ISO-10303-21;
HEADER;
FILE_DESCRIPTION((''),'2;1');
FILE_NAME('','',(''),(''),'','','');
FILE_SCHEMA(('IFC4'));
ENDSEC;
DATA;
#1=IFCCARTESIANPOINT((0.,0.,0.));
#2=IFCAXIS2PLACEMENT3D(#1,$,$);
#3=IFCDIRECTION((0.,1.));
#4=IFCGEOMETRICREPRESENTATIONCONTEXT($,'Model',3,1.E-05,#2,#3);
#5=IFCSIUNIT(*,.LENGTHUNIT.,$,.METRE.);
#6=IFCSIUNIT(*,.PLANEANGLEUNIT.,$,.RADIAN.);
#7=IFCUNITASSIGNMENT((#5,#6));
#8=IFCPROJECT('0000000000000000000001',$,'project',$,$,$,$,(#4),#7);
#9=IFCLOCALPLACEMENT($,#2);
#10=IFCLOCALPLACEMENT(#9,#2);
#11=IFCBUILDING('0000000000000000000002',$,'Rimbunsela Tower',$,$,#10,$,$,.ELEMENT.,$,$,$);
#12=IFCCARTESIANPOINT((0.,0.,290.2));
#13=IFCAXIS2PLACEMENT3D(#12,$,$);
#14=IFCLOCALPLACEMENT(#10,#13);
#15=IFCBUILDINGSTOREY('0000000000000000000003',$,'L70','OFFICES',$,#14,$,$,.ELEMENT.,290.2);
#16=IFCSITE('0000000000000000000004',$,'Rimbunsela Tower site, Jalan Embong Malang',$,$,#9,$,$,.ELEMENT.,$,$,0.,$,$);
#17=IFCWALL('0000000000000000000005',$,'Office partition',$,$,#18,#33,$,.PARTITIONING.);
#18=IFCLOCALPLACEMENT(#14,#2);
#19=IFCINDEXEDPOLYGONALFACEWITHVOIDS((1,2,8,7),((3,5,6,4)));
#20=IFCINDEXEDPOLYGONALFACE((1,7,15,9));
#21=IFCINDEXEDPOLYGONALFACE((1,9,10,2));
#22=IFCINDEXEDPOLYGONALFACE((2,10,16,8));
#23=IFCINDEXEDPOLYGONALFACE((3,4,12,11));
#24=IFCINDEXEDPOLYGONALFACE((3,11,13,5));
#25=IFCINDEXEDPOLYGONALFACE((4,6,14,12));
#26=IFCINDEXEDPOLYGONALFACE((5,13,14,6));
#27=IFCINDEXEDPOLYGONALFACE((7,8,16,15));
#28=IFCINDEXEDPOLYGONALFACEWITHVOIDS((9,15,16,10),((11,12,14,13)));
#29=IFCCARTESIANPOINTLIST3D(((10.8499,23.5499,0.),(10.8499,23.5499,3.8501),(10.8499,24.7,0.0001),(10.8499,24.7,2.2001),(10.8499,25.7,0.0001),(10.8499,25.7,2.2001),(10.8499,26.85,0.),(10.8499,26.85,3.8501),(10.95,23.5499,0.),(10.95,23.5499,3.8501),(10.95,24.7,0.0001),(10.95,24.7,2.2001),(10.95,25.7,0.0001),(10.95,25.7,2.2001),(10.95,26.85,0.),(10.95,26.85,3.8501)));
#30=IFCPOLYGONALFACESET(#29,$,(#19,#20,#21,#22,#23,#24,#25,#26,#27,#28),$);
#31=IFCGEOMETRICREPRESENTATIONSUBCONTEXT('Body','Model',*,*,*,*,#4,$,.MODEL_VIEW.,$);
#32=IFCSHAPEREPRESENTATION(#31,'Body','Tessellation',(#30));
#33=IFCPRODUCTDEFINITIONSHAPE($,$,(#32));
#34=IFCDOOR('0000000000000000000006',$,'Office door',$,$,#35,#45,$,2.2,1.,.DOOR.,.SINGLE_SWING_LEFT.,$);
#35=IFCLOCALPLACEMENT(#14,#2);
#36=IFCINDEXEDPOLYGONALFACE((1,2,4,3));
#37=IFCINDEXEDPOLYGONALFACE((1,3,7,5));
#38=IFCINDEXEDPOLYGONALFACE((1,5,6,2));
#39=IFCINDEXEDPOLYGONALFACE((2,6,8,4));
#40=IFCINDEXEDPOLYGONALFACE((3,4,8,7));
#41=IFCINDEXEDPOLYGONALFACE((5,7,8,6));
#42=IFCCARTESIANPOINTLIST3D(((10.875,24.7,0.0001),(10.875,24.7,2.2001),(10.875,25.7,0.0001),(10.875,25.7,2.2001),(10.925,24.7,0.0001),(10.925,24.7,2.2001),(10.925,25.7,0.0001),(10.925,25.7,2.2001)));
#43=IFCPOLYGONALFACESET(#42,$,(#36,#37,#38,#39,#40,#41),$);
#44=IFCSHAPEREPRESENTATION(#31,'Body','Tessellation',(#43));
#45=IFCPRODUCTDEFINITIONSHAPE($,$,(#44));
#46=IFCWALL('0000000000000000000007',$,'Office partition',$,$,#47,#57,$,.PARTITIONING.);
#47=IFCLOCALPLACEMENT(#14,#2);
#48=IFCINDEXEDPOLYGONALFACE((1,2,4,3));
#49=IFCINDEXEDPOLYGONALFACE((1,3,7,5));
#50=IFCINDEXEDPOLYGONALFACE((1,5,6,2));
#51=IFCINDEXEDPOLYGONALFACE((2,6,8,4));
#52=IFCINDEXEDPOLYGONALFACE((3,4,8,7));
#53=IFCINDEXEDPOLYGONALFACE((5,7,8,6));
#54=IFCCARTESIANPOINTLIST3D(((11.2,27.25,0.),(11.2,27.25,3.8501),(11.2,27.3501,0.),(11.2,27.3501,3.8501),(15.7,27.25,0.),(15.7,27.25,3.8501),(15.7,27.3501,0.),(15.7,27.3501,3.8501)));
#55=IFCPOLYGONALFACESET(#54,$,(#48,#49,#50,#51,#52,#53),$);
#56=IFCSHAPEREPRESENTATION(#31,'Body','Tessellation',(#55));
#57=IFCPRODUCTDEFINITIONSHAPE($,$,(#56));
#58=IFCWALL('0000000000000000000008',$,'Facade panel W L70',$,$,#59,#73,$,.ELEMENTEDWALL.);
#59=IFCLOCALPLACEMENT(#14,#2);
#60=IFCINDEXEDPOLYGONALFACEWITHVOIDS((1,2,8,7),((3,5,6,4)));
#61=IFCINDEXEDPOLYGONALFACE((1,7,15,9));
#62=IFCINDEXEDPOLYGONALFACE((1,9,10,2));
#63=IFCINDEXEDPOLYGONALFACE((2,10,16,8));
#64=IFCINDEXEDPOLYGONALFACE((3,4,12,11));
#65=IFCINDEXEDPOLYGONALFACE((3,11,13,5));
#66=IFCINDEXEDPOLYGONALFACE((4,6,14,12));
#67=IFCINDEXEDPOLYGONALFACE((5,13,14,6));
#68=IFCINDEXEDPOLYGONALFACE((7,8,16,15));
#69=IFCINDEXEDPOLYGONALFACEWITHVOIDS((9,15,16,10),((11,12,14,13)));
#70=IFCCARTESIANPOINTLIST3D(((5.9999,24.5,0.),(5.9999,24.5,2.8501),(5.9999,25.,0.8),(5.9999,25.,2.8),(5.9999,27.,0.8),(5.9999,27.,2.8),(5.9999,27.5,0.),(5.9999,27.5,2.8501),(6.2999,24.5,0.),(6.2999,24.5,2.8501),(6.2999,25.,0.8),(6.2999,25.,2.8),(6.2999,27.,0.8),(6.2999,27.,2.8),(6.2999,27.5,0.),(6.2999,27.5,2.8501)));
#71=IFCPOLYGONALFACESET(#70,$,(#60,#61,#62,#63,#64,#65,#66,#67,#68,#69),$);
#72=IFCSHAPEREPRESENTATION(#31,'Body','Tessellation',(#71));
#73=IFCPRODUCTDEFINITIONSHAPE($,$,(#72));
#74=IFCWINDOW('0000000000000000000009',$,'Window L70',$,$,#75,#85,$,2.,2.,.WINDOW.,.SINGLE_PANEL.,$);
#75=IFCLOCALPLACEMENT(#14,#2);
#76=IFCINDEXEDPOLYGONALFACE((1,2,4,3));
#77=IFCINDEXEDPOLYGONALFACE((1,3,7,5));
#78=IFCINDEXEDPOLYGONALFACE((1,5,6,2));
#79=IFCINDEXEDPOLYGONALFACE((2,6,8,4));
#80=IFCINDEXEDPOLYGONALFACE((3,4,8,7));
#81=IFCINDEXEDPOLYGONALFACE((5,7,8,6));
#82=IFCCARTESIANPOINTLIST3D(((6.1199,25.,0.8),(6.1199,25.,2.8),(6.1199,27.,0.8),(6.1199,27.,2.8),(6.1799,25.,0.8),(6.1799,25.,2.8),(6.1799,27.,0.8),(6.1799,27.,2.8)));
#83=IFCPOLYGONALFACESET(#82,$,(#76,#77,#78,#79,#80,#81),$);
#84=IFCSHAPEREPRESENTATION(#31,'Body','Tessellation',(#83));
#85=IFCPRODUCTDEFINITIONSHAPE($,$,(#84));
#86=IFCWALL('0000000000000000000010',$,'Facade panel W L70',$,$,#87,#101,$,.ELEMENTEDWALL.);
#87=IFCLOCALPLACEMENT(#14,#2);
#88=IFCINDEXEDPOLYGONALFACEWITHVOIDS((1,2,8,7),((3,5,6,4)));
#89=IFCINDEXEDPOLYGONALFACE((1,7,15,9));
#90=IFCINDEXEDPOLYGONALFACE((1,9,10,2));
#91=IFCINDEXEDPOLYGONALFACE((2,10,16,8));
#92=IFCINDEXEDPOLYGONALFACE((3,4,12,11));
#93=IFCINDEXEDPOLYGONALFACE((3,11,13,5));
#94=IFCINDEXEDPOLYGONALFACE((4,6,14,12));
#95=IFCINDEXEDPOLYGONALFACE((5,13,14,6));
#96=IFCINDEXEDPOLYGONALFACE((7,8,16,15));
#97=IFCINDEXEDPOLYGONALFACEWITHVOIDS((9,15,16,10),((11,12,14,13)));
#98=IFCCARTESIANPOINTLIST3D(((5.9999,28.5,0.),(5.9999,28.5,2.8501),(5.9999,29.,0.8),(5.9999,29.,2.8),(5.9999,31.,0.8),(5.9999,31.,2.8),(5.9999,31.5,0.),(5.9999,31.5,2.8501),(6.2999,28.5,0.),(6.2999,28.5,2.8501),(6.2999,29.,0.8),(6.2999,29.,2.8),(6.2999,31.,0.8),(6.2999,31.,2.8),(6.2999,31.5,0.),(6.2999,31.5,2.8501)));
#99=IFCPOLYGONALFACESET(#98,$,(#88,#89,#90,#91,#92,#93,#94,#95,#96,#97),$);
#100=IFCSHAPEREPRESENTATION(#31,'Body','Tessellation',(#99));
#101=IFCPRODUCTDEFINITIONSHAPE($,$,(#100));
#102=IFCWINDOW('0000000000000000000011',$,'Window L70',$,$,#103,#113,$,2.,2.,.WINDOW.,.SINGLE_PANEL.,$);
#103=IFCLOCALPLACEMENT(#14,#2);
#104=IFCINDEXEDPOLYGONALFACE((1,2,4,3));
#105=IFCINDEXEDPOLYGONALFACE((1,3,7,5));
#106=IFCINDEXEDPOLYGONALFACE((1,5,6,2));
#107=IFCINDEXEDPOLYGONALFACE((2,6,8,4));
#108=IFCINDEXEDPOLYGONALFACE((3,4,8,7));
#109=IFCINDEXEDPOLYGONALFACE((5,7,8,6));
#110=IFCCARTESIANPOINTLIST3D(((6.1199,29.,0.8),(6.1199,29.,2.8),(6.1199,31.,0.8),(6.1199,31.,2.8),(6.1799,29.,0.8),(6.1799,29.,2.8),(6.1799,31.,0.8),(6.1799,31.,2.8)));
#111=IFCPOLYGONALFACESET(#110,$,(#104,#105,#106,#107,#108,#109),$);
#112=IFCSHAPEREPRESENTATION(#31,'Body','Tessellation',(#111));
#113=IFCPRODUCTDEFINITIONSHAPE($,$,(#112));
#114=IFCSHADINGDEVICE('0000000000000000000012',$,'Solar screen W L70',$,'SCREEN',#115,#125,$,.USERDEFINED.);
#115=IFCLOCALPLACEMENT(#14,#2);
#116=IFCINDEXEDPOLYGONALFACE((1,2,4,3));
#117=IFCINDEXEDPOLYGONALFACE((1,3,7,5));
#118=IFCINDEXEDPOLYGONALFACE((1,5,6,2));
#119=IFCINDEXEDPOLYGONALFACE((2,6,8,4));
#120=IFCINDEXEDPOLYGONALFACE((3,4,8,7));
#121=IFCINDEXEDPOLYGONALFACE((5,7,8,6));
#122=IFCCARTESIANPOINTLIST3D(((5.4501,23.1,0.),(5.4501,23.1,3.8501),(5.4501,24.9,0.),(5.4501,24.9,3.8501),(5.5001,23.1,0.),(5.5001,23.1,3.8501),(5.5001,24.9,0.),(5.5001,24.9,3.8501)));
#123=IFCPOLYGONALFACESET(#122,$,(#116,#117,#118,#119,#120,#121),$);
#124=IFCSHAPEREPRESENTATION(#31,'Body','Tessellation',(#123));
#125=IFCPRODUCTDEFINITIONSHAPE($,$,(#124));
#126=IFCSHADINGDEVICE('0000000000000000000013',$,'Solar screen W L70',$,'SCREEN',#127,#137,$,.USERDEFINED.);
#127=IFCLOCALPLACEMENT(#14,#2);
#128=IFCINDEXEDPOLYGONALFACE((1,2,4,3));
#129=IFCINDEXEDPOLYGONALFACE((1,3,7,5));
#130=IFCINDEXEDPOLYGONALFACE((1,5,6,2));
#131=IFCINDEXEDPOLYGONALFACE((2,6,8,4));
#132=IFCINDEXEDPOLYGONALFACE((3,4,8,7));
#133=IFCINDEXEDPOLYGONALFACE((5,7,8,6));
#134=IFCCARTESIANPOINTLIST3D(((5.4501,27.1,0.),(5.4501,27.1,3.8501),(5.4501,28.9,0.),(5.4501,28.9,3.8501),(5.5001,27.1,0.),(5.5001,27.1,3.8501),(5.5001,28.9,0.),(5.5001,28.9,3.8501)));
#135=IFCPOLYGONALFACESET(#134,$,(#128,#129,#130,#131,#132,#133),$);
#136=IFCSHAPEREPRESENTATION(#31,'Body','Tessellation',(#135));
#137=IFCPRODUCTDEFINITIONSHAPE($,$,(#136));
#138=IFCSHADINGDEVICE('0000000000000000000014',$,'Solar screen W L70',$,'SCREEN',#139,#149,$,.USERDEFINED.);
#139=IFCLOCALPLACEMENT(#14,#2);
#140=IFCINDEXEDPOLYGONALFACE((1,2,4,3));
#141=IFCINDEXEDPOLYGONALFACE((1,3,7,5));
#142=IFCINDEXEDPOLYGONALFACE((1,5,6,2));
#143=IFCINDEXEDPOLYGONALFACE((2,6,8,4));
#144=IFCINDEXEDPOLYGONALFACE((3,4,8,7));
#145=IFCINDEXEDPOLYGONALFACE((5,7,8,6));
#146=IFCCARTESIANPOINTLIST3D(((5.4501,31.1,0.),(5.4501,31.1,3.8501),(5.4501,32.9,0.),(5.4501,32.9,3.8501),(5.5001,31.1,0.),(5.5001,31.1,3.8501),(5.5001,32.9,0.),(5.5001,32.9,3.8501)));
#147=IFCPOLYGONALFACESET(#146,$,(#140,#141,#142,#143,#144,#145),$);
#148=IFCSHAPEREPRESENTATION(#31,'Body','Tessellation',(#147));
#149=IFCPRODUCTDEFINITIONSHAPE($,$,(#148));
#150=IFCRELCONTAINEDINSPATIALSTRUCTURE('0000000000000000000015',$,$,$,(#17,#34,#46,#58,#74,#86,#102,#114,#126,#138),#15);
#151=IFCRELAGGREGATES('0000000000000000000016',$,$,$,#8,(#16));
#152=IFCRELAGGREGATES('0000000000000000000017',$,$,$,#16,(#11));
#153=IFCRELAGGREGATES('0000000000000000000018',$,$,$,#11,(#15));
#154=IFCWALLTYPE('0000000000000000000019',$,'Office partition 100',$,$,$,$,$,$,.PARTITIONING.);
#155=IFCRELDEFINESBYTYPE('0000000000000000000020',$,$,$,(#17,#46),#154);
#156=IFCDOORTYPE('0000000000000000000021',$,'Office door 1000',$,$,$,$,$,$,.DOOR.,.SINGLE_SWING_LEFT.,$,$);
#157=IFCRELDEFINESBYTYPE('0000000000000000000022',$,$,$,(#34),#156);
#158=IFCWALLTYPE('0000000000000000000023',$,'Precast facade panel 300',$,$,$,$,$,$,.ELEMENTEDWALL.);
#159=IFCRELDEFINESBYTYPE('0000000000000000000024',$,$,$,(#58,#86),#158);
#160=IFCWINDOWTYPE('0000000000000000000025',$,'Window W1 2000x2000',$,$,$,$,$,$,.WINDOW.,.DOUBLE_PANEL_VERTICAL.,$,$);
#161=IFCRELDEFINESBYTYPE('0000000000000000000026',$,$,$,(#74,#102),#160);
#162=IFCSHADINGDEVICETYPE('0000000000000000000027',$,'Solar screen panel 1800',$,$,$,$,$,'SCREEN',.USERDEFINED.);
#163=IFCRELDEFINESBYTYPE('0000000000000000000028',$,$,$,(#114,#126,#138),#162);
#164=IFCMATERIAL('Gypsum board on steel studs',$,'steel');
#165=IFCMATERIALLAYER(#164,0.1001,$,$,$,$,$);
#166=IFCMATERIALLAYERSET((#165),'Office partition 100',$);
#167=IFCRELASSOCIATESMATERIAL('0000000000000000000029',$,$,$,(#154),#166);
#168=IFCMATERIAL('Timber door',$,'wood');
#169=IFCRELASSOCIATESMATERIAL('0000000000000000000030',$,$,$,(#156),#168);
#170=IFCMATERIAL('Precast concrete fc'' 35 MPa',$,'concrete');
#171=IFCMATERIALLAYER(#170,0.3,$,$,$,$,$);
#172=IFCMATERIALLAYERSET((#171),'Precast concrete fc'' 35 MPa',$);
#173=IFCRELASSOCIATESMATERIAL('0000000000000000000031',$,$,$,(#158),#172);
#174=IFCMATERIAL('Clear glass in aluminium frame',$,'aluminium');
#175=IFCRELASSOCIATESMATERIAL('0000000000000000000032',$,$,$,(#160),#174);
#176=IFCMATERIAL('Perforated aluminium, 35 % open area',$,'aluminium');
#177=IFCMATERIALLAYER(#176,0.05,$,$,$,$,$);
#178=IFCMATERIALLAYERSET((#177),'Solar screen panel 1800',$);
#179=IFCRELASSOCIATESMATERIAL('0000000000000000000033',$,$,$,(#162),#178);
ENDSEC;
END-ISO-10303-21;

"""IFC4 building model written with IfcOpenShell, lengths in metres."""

from ifc_helpers import new_model, si_unit, direction, frame, frame_2d, origin, origin_2d, place, context, subcontext, project, spatial, rectangle, extrude, material, layer, layer_set, type_object, element, fill, save


model = new_model("IFC4")

# Units and contexts
model_context = context("Model", 3, precision=1e-05, world=origin(), true_north=direction((0.0, 1.0)))
body_context = subcontext(model_context, "Body", "Model", "MODEL_VIEW")
ifc_project = project(units=[si_unit("LENGTHUNIT", "METRE"), si_unit("PLANEANGLEUNIT", "RADIAN")], contexts=[model_context])

# Site, building, storey
site_placement = place(None, origin())
site = spatial("IfcSite", under=ifc_project, at=site_placement, Name="Rimbunsela Tower site, Jalan Embong Malang", CompositionType="ELEMENT", RefElevation=0.0)
building_placement = place(site_placement, origin())
building = spatial("IfcBuilding", under=site, at=building_placement, Name="Rimbunsela Tower", CompositionType="ELEMENT")
storey_placement = place(building_placement, frame((0.0, 0.0, 290.2)))
storey = spatial("IfcBuildingStorey", under=building, at=storey_placement, Name="L70", Description="OFFICES", CompositionType="ELEMENT", Elevation=290.2)

# Shared definitions
ifc_material_1 = material(Name="Gypsum board on steel studs", Category="steel")
ifc_layer_1 = layer(ifc_material_1, 0.1001)
ifc_layer_set_1 = layer_set([ifc_layer_1], Name="Office partition 100")
wall_type_1 = type_object("IfcWallType", Name="Office partition 100", PredefinedType="PARTITIONING", material=ifc_layer_set_1)

# Shared definitions
ifc_material_2 = material(Name="Timber door", Category="wood")
door_type_1 = type_object("IfcDoorType", Name="Office door 1000", OperationType="SINGLE_SWING_LEFT", PredefinedType="DOOR", material=ifc_material_2)

# Wall, opening, door
wall_1_placement = place(storey_placement, frame((10.8999, 23.55, 0.0), z_axis=(0.0, 0.0, 1.0), x_axis=(0.0, 1.0, 0.0)))
wall_1 = element("IfcWall", 1, at=wall_1_placement, inside=storey, type_object=wall_type_1, Name="Office partition", PredefinedType="PARTITIONING", context=body_context, shape_type="SweptSolid", body=[
    extrude(rectangle(XDim=3.3, YDim=0.1001, at=frame_2d((1.6499, 0.0))), origin(), (0.0, 0.0, 1.0), 3.8501),
])
opening_1_placement = place(wall_1_placement, frame((1.1499, 0.0, 0.0)))
opening_1 = element("IfcOpeningElement", 2, at=opening_1_placement, cuts=wall_1, PredefinedType="OPENING", context=body_context, shape_type="SweptSolid", body=[
    extrude(rectangle(XDim=1.0, YDim=2.2, at=frame_2d((0.5, 1.1001))), frame((0.0, 0.0601, 0.0), z_axis=(0.0, -1.0, 0.0), x_axis=(1.0, 0.0, 0.0)), (0.0, 0.0, 1.0), 0.1201),
])
door_1_placement = place(opening_1_placement, origin())
door_1 = element("IfcDoor", 3, at=door_1_placement, inside=storey, type_object=door_type_1, Name="Office door", OperationType="SINGLE_SWING_LEFT", OverallHeight=2.2, OverallWidth=1.0, PredefinedType="DOOR", context=body_context, shape_type="SweptSolid", body=[
    extrude(rectangle(XDim=1.0, YDim=2.2, at=frame_2d((0.5, 1.1001))), frame((0.0, 0.0249, 0.0), z_axis=(0.0, -1.0, 0.0), x_axis=(1.0, 0.0, 0.0)), (0.0, 0.0, 1.0), 0.05),
])
fill(opening_1, door_1)

# Wall
wall_2_placement = place(storey_placement, frame((11.2, 27.3, 0.0), z_axis=(0.0, 0.0, 1.0), x_axis=(1.0, 0.0, 0.0)))
element("IfcWall", 4, at=wall_2_placement, inside=storey, type_object=wall_type_1, Name="Office partition", PredefinedType="PARTITIONING", context=body_context, shape_type="SweptSolid", body=[
    extrude(rectangle(XDim=4.5, YDim=0.1001, at=frame_2d((2.25, 0.0))), origin(), (0.0, 0.0, 1.0), 3.8501),
])

# Walls, openings, windows
ifc_material_3 = material(Name="Precast concrete fc' 35 MPa", Category="concrete")
ifc_layer_2 = layer(ifc_material_3, 0.3)
ifc_layer_set_2 = layer_set([ifc_layer_2], Name="Precast concrete fc' 35 MPa")
wall_type_2 = type_object("IfcWallType", Name="Precast facade panel 300", PredefinedType="ELEMENTEDWALL", material=ifc_layer_set_2)
wall_3_placement = place(storey_placement, frame((6.1499, 27.5, 0.0), z_axis=(0.0, 0.0, 1.0), x_axis=(0.0, -1.0, 0.0)))
wall_3 = element("IfcWall", 5, at=wall_3_placement, inside=storey, type_object=wall_type_2, Name="Facade panel W L70", PredefinedType="ELEMENTEDWALL", context=body_context, shape_type="SweptSolid", body=[
    extrude(rectangle(XDim=3.0, YDim=0.3, at=frame_2d((1.5, 0.0))), origin(), (0.0, 0.0, 1.0), 2.8501),
])
opening_2_placement = place(wall_3_placement, frame((0.5, 0.0, 0.8)))
opening_2 = element("IfcOpeningElement", 6, at=opening_2_placement, cuts=wall_3, PredefinedType="OPENING", context=body_context, shape_type="SweptSolid", body=[
    extrude(rectangle(XDim=2.0, YDim=2.0, at=frame_2d((1.0, 1.0))), frame((0.0, 0.1599, 0.0), z_axis=(0.0, -1.0, 0.0), x_axis=(1.0, 0.0, 0.0)), (0.0, 0.0, 1.0), 0.3201),
])
ifc_material_4 = material(Name="Clear glass in aluminium frame", Category="aluminium")
window_type = type_object("IfcWindowType", Name="Window W1 2000x2000", PartitioningType="DOUBLE_PANEL_VERTICAL", PredefinedType="WINDOW", material=ifc_material_4)
window_1_placement = place(opening_2_placement, origin())
window_1 = element("IfcWindow", 7, at=window_1_placement, inside=storey, type_object=window_type, Name="Window L70", OverallHeight=2.0, OverallWidth=2.0, PartitioningType="SINGLE_PANEL", PredefinedType="WINDOW", context=body_context, shape_type="SweptSolid", body=[
    extrude(rectangle(XDim=2.0, YDim=2.0, at=frame_2d((1.0, 1.0))), frame((0.0, 0.03, 0.0), z_axis=(0.0, -1.0, 0.0), x_axis=(1.0, 0.0, 0.0)), (0.0, 0.0, 1.0), 0.0601),
])
fill(opening_2, window_1)
wall_4_placement = place(storey_placement, frame((6.1499, 31.5, 0.0), z_axis=(0.0, 0.0, 1.0), x_axis=(0.0, -1.0, 0.0)))
wall_4 = element("IfcWall", 8, at=wall_4_placement, inside=storey, type_object=wall_type_2, Name="Facade panel W L70", PredefinedType="ELEMENTEDWALL", context=body_context, shape_type="SweptSolid", body=[
    extrude(rectangle(XDim=3.0, YDim=0.3, at=frame_2d((1.5, 0.0))), origin(), (0.0, 0.0, 1.0), 2.8501),
])
opening_3_placement = place(wall_4_placement, frame((0.5, 0.0, 0.8)))
opening_3 = element("IfcOpeningElement", 9, at=opening_3_placement, cuts=wall_4, PredefinedType="OPENING", context=body_context, shape_type="SweptSolid", body=[
    extrude(rectangle(XDim=2.0, YDim=2.0, at=frame_2d((1.0, 1.0))), frame((0.0, 0.1599, 0.0), z_axis=(0.0, -1.0, 0.0), x_axis=(1.0, 0.0, 0.0)), (0.0, 0.0, 1.0), 0.3201),
])
window_2_placement = place(opening_3_placement, origin())
window_2 = element("IfcWindow", 10, at=window_2_placement, inside=storey, type_object=window_type, Name="Window L70", OverallHeight=2.0, OverallWidth=2.0, PartitioningType="SINGLE_PANEL", PredefinedType="WINDOW", context=body_context, shape_type="SweptSolid", body=[
    extrude(rectangle(XDim=2.0, YDim=2.0, at=frame_2d((1.0, 1.0))), frame((0.0, 0.03, 0.0), z_axis=(0.0, -1.0, 0.0), x_axis=(1.0, 0.0, 0.0)), (0.0, 0.0, 1.0), 0.0601),
])
fill(opening_3, window_2)

# Shading devices
ifc_material_5 = material(Name="Perforated aluminium, 35 % open area", Category="aluminium")
ifc_layer_3 = layer(ifc_material_5, 0.05)
ifc_layer_set_3 = layer_set([ifc_layer_3], Name="Solar screen panel 1800")
shading_device_type = type_object("IfcShadingDeviceType", Name="Solar screen panel 1800", ElementType="SCREEN", PredefinedType="USERDEFINED", material=ifc_layer_set_3)
for number, where, z_axis, x_axis, name in (
    (11, (5.4751, 24.0, 0.0), (0.0, 0.0, 1.0), (0.0, 1.0, 0.0), "Solar screen W L70"),
    (12, (5.4751, 28.0, 0.0), (0.0, 0.0, 1.0), (0.0, 1.0, 0.0), "Solar screen W L70"),
    (13, (5.4751, 32.0, 0.0), (0.0, 0.0, 1.0), (0.0, 1.0, 0.0), "Solar screen W L70"),
):
    element("IfcShadingDevice", number, at=place(storey_placement, frame(where, z_axis=z_axis, x_axis=x_axis)), inside=storey, type_object=shading_device_type, Name=name, ObjectType="SCREEN", PredefinedType="USERDEFINED", context=body_context, shape_type="SweptSolid", body=[
        extrude(rectangle(XDim=1.8, YDim=0.05, at=origin_2d()), origin(), (0.0, 0.0, 1.0), 3.8501),
    ])

save(model, "model.ifc")
